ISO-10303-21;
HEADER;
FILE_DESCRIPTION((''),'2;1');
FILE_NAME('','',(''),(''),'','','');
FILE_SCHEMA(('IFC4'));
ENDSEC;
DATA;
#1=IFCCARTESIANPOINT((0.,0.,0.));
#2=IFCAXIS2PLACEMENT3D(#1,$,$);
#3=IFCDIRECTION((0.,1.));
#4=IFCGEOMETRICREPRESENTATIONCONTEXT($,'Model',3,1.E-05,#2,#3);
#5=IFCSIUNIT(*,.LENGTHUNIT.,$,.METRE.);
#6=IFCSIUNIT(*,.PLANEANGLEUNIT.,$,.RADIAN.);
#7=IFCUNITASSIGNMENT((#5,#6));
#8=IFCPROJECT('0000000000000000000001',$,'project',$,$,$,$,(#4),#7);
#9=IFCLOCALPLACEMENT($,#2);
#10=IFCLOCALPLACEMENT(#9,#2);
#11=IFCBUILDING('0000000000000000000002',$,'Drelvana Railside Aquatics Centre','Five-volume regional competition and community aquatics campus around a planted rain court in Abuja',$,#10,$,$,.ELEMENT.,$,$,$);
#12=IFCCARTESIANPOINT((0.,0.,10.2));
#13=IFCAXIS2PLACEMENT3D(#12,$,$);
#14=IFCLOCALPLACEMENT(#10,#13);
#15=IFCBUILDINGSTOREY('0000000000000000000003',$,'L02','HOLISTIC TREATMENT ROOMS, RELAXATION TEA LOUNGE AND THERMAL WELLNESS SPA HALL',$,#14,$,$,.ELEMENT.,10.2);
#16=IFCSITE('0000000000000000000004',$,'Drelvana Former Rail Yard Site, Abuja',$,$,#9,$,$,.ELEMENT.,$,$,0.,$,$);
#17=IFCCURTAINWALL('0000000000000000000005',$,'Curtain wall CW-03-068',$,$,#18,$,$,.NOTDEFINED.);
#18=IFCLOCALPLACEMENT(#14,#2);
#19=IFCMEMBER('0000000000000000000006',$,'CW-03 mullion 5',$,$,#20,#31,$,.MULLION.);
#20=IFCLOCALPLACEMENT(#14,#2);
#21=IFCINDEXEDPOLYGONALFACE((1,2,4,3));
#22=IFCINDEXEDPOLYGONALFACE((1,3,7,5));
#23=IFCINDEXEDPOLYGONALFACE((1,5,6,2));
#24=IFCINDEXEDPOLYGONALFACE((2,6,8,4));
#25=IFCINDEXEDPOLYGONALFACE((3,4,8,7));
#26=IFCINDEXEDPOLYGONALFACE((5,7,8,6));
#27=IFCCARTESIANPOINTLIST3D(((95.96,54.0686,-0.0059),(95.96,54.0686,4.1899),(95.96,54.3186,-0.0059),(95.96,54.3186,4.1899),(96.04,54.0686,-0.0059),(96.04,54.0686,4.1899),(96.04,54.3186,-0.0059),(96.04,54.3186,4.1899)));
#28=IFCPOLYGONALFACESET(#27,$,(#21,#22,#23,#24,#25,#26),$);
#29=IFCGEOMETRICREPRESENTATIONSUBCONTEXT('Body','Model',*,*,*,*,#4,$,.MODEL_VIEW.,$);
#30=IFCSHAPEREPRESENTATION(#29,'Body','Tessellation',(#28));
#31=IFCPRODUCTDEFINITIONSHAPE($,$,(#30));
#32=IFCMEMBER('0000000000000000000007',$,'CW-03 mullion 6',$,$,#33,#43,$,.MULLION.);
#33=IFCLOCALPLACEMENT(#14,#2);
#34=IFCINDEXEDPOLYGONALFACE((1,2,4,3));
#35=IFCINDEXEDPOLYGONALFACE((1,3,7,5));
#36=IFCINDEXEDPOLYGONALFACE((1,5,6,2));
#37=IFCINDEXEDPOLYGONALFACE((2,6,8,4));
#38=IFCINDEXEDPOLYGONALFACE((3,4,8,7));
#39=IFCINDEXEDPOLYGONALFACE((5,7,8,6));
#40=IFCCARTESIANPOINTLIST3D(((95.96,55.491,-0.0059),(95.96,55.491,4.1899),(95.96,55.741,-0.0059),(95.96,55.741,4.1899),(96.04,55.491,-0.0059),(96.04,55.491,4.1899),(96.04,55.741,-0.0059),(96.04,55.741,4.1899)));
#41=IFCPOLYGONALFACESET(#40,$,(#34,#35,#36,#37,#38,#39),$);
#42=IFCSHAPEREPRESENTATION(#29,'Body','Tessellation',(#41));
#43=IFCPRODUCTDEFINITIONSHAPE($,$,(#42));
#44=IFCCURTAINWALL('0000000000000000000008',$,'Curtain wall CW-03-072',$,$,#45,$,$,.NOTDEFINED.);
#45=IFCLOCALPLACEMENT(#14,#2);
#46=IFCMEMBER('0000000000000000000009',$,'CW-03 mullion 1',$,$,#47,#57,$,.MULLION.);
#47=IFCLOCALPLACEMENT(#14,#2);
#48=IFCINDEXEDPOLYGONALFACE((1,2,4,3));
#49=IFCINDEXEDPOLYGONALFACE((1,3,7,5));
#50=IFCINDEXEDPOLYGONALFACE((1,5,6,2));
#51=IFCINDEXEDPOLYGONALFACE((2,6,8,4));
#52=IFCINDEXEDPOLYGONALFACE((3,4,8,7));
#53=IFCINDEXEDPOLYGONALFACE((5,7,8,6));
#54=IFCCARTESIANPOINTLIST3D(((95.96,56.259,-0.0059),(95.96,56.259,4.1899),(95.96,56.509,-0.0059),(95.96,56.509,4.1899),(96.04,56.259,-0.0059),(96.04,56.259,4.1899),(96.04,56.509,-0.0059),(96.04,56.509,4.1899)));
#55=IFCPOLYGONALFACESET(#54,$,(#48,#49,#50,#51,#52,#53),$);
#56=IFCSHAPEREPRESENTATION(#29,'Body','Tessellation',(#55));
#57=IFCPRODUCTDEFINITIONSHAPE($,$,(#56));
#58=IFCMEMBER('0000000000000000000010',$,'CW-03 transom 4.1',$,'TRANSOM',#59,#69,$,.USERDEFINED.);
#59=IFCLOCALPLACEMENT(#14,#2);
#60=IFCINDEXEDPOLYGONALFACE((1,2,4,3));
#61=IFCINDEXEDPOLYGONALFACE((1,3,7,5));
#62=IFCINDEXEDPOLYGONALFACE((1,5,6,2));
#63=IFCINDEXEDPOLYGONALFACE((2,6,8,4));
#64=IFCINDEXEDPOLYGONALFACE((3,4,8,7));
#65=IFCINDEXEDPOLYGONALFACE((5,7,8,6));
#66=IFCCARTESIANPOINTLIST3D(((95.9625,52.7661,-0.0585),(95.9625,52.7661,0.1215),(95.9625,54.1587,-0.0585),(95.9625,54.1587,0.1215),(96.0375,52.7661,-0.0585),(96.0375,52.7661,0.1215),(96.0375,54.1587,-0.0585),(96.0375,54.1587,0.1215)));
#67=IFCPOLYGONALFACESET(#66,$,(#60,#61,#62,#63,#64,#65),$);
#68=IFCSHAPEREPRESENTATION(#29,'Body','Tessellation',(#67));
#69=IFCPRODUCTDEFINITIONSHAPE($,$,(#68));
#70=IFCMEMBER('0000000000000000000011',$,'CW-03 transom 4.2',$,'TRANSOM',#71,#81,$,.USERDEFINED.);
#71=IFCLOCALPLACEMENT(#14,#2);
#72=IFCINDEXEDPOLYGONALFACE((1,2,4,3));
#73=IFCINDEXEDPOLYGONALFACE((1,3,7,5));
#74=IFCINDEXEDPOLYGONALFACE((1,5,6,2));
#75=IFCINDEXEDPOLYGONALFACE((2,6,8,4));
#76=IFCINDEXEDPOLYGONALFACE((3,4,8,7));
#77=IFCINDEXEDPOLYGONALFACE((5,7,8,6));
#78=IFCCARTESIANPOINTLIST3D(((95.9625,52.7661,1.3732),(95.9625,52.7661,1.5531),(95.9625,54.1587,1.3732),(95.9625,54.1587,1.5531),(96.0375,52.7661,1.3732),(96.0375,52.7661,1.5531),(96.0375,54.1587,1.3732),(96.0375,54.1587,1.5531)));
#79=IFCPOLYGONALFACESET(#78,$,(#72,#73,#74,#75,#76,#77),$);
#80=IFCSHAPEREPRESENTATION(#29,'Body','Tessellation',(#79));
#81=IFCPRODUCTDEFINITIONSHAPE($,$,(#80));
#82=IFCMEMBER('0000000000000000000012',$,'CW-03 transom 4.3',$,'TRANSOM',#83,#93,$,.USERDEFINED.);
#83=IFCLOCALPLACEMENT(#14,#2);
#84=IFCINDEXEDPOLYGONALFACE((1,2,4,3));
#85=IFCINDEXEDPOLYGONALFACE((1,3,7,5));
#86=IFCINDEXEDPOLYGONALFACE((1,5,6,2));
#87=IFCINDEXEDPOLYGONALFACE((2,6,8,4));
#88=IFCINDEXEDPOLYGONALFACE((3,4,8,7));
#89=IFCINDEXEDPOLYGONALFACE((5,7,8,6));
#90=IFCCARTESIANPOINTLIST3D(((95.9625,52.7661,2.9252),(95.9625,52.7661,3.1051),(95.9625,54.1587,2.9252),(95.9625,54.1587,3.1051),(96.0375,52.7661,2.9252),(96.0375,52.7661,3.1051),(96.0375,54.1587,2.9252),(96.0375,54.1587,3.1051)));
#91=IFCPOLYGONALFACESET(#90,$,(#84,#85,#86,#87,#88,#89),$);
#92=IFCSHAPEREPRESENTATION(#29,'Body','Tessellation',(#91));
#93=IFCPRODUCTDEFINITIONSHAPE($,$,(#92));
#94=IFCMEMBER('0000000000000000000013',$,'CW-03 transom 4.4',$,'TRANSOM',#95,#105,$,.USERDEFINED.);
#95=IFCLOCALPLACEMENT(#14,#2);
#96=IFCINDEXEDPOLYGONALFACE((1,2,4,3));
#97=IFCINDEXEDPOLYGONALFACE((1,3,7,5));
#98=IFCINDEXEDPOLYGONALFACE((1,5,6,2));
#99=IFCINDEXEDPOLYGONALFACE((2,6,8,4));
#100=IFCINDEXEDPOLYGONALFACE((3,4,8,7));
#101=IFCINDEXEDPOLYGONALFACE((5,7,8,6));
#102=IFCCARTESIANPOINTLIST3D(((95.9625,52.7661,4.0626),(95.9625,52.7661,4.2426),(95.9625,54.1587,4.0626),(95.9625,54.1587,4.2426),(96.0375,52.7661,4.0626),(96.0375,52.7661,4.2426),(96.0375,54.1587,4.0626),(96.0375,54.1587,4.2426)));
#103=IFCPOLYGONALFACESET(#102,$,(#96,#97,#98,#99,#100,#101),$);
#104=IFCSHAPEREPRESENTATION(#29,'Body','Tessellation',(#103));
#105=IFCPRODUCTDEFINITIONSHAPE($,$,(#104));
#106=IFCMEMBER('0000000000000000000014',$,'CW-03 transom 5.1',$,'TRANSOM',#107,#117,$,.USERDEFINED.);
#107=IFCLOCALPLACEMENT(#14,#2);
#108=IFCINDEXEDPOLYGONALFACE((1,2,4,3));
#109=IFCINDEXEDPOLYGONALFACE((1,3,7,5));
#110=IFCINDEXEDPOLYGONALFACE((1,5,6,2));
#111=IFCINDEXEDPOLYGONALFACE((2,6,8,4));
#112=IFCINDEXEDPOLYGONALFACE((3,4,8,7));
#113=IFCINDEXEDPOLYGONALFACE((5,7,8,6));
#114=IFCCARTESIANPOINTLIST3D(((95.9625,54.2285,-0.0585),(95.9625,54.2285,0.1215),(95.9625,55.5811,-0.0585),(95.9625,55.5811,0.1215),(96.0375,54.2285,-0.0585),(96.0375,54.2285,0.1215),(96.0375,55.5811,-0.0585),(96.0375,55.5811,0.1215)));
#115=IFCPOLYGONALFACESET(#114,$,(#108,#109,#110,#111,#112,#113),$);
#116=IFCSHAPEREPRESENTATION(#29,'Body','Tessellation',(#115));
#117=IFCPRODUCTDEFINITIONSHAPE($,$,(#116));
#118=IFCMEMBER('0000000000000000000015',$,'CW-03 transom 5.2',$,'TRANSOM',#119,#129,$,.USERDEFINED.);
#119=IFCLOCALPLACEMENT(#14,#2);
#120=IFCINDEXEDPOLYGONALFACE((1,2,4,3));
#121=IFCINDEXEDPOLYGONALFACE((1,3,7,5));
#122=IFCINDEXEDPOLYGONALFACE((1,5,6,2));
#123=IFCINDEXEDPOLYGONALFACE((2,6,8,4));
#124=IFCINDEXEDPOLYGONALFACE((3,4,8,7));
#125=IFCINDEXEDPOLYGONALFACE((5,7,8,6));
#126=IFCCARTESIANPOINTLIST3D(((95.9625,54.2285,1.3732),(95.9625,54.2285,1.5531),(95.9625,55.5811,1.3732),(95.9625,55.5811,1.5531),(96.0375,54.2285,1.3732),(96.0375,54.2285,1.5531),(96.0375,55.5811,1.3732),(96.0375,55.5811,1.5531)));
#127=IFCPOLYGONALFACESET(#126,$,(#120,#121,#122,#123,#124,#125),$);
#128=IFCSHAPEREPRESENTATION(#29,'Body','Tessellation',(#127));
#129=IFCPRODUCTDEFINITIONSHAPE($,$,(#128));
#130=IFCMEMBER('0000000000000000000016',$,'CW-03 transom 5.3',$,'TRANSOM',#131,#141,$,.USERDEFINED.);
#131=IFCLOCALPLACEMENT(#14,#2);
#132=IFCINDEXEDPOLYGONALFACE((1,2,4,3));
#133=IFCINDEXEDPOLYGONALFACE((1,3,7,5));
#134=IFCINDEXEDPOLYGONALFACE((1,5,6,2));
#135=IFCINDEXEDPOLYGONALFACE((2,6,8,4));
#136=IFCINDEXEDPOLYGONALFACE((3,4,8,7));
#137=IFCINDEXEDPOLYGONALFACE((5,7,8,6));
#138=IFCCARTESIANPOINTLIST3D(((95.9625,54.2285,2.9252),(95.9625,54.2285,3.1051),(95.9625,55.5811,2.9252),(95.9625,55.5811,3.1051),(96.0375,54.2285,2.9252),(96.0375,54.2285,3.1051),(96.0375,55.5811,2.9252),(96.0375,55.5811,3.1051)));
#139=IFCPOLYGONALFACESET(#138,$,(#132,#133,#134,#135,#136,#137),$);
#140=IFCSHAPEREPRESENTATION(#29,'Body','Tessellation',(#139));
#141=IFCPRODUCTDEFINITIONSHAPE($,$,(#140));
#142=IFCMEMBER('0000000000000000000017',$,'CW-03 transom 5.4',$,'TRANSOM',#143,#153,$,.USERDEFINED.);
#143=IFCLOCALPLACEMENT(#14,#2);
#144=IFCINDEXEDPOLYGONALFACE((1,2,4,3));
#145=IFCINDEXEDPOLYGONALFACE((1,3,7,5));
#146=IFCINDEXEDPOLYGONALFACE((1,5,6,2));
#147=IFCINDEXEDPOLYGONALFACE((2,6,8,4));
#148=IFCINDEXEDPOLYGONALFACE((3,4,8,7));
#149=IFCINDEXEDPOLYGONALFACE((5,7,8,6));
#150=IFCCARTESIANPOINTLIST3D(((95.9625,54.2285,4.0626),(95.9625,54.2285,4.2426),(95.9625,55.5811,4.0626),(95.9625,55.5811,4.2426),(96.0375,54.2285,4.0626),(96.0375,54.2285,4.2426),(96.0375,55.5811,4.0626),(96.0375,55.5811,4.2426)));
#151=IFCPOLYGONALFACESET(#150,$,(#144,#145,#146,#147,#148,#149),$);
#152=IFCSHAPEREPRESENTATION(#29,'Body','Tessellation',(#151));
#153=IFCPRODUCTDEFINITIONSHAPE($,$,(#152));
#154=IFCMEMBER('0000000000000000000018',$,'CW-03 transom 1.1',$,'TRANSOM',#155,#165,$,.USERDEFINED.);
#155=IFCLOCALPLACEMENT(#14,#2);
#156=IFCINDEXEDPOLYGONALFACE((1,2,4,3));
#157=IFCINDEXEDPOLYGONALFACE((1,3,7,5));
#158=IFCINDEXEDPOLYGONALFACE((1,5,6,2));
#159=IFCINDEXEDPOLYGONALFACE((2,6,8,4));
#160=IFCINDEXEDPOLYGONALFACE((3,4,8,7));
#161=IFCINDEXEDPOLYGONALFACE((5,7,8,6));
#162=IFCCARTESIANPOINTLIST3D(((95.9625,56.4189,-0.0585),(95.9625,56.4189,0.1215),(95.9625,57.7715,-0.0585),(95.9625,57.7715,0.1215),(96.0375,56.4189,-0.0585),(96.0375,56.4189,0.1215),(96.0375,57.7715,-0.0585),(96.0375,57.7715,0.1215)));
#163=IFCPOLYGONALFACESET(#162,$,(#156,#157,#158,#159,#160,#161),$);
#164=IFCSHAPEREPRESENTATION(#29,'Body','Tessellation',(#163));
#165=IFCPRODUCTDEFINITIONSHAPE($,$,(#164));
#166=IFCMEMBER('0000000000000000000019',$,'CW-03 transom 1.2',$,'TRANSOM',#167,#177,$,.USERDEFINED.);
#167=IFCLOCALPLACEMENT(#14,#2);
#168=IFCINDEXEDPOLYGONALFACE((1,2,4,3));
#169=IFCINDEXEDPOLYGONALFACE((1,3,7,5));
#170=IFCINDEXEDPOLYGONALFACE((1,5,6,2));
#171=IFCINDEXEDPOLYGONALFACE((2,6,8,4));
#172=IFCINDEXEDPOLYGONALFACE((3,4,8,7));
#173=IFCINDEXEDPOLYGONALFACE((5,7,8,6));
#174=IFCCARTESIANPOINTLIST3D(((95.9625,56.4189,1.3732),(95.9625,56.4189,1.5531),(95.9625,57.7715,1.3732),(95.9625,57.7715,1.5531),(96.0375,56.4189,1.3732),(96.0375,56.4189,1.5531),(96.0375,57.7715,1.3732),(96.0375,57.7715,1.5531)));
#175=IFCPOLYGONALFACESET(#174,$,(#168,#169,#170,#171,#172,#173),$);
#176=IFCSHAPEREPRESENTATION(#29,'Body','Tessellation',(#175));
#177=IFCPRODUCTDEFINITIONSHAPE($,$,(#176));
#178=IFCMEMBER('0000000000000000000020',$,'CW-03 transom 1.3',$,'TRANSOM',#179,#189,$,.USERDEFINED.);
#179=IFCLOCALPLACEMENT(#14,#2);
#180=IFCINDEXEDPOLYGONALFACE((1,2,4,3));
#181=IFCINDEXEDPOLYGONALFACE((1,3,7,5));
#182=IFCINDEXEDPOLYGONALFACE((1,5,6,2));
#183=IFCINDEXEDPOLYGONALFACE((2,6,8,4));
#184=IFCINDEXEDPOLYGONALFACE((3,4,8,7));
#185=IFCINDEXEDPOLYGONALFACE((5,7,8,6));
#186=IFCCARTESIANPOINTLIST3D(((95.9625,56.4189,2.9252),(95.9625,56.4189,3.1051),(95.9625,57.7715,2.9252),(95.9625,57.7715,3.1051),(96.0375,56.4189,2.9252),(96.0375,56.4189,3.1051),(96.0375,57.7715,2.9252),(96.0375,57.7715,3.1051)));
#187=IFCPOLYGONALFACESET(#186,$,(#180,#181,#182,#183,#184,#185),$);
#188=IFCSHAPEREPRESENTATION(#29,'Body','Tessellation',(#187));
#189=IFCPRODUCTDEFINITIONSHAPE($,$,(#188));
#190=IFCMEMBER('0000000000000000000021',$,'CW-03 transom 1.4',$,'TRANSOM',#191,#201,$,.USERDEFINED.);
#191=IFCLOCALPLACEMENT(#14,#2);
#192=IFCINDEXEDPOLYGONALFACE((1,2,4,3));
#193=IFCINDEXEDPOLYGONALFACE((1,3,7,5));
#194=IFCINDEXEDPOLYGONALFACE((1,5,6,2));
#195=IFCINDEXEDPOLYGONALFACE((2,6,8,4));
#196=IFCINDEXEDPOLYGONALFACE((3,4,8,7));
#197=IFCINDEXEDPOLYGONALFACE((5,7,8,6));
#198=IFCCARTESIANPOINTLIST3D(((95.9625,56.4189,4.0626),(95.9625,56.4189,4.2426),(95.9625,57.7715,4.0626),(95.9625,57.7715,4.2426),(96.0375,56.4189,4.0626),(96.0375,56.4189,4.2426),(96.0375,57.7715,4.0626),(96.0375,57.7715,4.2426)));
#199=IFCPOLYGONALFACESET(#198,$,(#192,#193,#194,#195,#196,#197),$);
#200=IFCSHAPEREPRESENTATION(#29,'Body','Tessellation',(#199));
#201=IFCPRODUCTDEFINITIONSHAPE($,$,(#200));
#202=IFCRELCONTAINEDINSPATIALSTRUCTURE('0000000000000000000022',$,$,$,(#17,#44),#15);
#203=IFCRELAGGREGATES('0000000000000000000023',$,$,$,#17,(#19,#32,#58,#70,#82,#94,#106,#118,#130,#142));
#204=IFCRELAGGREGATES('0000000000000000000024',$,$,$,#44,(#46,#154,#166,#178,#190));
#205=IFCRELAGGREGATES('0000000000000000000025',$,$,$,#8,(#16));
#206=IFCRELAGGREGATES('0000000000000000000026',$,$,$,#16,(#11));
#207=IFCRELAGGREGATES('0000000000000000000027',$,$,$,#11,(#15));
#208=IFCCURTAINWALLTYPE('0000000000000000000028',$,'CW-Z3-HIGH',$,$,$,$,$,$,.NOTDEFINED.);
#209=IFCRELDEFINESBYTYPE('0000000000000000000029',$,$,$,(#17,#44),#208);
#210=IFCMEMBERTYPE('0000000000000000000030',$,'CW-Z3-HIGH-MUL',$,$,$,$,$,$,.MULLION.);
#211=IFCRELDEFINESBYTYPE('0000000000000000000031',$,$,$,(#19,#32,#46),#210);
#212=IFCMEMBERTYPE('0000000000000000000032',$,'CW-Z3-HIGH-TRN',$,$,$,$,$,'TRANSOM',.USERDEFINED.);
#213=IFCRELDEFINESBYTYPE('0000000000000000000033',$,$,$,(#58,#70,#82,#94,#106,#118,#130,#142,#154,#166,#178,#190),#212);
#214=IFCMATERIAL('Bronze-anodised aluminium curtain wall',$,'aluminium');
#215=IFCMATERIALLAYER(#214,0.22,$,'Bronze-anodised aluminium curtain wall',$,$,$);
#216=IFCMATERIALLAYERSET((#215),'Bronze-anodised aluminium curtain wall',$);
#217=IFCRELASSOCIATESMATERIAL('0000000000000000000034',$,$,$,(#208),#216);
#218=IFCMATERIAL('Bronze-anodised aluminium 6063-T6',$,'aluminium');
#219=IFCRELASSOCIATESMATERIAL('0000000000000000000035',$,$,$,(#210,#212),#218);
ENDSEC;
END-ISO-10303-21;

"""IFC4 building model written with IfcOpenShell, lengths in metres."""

from ifc_helpers import new_model, si_unit, direction, frame, origin, origin_2d, place, context, subcontext, project, spatial, rectangle, extrude, material, layer, layer_set, material_profile, profile_set, type_object, element, aggregate, save


model = new_model("IFC4")

# Units and contexts
model_context = context("Model", 3, precision=1e-05, world=origin(), true_north=direction((0.0, 1.0)))
body_context = subcontext(model_context, "Body", "Model", "MODEL_VIEW")
ifc_project = project(units=[si_unit("LENGTHUNIT", "METRE"), si_unit("PLANEANGLEUNIT", "RADIAN")], contexts=[model_context])

# Site, building, storey
site_placement = place(None, origin())
site = spatial("IfcSite", under=ifc_project, at=site_placement, Name="Drelvana Former Rail Yard Site, Abuja", CompositionType="ELEMENT", RefElevation=0.0)
building_placement = place(site_placement, origin())
building = spatial("IfcBuilding", under=site, at=building_placement, Name="Drelvana Railside Aquatics Centre", Description="Five-volume regional competition and community aquatics campus around a planted rain court in Abuja", CompositionType="ELEMENT")
storey_placement = place(building_placement, frame((0.0, 0.0, 10.2)))
storey = spatial("IfcBuildingStorey", under=building, at=storey_placement, Name="L02", Description="HOLISTIC TREATMENT ROOMS, RELAXATION TEA LOUNGE AND THERMAL WELLNESS SPA HALL", CompositionType="ELEMENT", Elevation=10.2)

# Curtain wall, members
ifc_material_1 = material(Name="Bronze-anodised aluminium curtain wall", Category="aluminium")
ifc_layer_1 = layer(ifc_material_1, 0.22, Name="Bronze-anodised aluminium curtain wall")
ifc_layer_set_1 = layer_set([ifc_layer_1], Name="Bronze-anodised aluminium curtain wall")
curtain_wall_type = type_object("IfcCurtainWallType", Name="CW-Z3-HIGH", PredefinedType="NOTDEFINED", material=ifc_layer_set_1)
curtain_wall_1_placement = place(storey_placement, origin())
curtain_wall_1 = element("IfcCurtainWall", 1, at=curtain_wall_1_placement, inside=storey, type_object=curtain_wall_type, Name="Curtain wall CW-03-068", PredefinedType="NOTDEFINED")
ifc_material_2 = material(Name="Bronze-anodised aluminium 6063-T6", Category="aluminium")
ifc_material_profile_1 = material_profile(ifc_material_2, rectangle(XDim=0.0801, YDim=0.25, at=origin_2d()), Name="ALU-M 80x250")
ifc_profile_set_1 = profile_set([ifc_material_profile_1], Name="Bronze-anodised aluminium 6063-T6")
member_type_1 = type_object("IfcMemberType", Name="CW-Z3-HIGH-MUL", PredefinedType="MULLION", material=ifc_profile_set_1)
member_1_placement = place(storey_placement, frame((96.0, 54.1936, -0.0059), z_axis=(0.0, 0.0, 1.0), x_axis=(-1.0, 0.0, 0.0)))
member_1 = element("IfcMember", 2, at=member_1_placement, type_object=member_type_1, Name="CW-03 mullion 5", PredefinedType="MULLION", context=body_context, shape_type="SweptSolid", body=[
    extrude(rectangle(XDim=0.0801, YDim=0.25, at=origin_2d()), origin(), (0.0, 0.0, 1.0), 4.1958),
])
member_2_placement = place(storey_placement, frame((96.0, 55.616, -0.0059), z_axis=(0.0, 0.0, 1.0), x_axis=(-1.0, 0.0, 0.0)))
member_2 = element("IfcMember", 3, at=member_2_placement, type_object=member_type_1, Name="CW-03 mullion 6", PredefinedType="MULLION", context=body_context, shape_type="SweptSolid", body=[
    extrude(rectangle(XDim=0.0801, YDim=0.25, at=origin_2d()), origin(), (0.0, 0.0, 1.0), 4.1958),
])

# Curtain wall, member
curtain_wall_2_placement = place(storey_placement, origin())
curtain_wall_2 = element("IfcCurtainWall", 4, at=curtain_wall_2_placement, inside=storey, type_object=curtain_wall_type, Name="Curtain wall CW-03-072", PredefinedType="NOTDEFINED")
member_3_placement = place(storey_placement, frame((96.0, 56.384, -0.0059), z_axis=(0.0, 0.0, 1.0), x_axis=(-1.0, 0.0, 0.0)))
member_3 = element("IfcMember", 5, at=member_3_placement, type_object=member_type_1, Name="CW-03 mullion 1", PredefinedType="MULLION", context=body_context, shape_type="SweptSolid", body=[
    extrude(rectangle(XDim=0.0801, YDim=0.25, at=origin_2d()), origin(), (0.0, 0.0, 1.0), 4.1958),
])

# Members
ifc_material_profile_2 = material_profile(ifc_material_2, rectangle(XDim=0.1799, YDim=0.075, at=origin_2d()), Name="ALU-T 75x180")
ifc_profile_set_2 = profile_set([ifc_material_profile_2], Name="Bronze-anodised aluminium 6063-T6")
member_type_2 = type_object("IfcMemberType", Name="CW-Z3-HIGH-TRN", ElementType="TRANSOM", PredefinedType="USERDEFINED", material=ifc_profile_set_2)
member_4_placement = place(storey_placement, frame((96.0, 52.7661, 0.0315), z_axis=(0.0, 1.0, 0.0), x_axis=(0.0, 0.0, 1.0)))
member_4 = element("IfcMember", 6, at=member_4_placement, type_object=member_type_2, Name="CW-03 transom 4.1", ObjectType="TRANSOM", PredefinedType="USERDEFINED", context=body_context, shape_type="SweptSolid", body=[
    extrude(rectangle(XDim=0.1799, YDim=0.075, at=origin_2d()), origin(), (0.0, 0.0, 1.0), 1.3926),
])
member_5_placement = place(storey_placement, frame((96.0, 52.7661, 1.4631), z_axis=(0.0, 1.0, 0.0), x_axis=(0.0, 0.0, 1.0)))
member_5 = element("IfcMember", 7, at=member_5_placement, type_object=member_type_2, Name="CW-03 transom 4.2", ObjectType="TRANSOM", PredefinedType="USERDEFINED", context=body_context, shape_type="SweptSolid", body=[
    extrude(rectangle(XDim=0.1799, YDim=0.075, at=origin_2d()), origin(), (0.0, 0.0, 1.0), 1.3926),
])
member_6_placement = place(storey_placement, frame((96.0, 52.7661, 3.0151), z_axis=(0.0, 1.0, 0.0), x_axis=(0.0, 0.0, 1.0)))
member_6 = element("IfcMember", 8, at=member_6_placement, type_object=member_type_2, Name="CW-03 transom 4.3", ObjectType="TRANSOM", PredefinedType="USERDEFINED", context=body_context, shape_type="SweptSolid", body=[
    extrude(rectangle(XDim=0.1799, YDim=0.075, at=origin_2d()), origin(), (0.0, 0.0, 1.0), 1.3926),
])
member_7_placement = place(storey_placement, frame((96.0, 52.7661, 4.1526), z_axis=(0.0, 1.0, 0.0), x_axis=(0.0, 0.0, 1.0)))
member_7 = element("IfcMember", 9, at=member_7_placement, type_object=member_type_2, Name="CW-03 transom 4.4", ObjectType="TRANSOM", PredefinedType="USERDEFINED", context=body_context, shape_type="SweptSolid", body=[
    extrude(rectangle(XDim=0.1799, YDim=0.075, at=origin_2d()), origin(), (0.0, 0.0, 1.0), 1.3926),
])
member_8_placement = place(storey_placement, frame((96.0, 54.2285, 0.0315), z_axis=(0.0, 1.0, 0.0), x_axis=(0.0, 0.0, 1.0)))
member_8 = element("IfcMember", 10, at=member_8_placement, type_object=member_type_2, Name="CW-03 transom 5.1", ObjectType="TRANSOM", PredefinedType="USERDEFINED", context=body_context, shape_type="SweptSolid", body=[
    extrude(rectangle(XDim=0.1799, YDim=0.075, at=origin_2d()), origin(), (0.0, 0.0, 1.0), 1.3525),
])
member_9_placement = place(storey_placement, frame((96.0, 54.2285, 1.4631), z_axis=(0.0, 1.0, 0.0), x_axis=(0.0, 0.0, 1.0)))
member_9 = element("IfcMember", 11, at=member_9_placement, type_object=member_type_2, Name="CW-03 transom 5.2", ObjectType="TRANSOM", PredefinedType="USERDEFINED", context=body_context, shape_type="SweptSolid", body=[
    extrude(rectangle(XDim=0.1799, YDim=0.075, at=origin_2d()), origin(), (0.0, 0.0, 1.0), 1.3525),
])
member_10_placement = place(storey_placement, frame((96.0, 54.2285, 3.0151), z_axis=(0.0, 1.0, 0.0), x_axis=(0.0, 0.0, 1.0)))
member_10 = element("IfcMember", 12, at=member_10_placement, type_object=member_type_2, Name="CW-03 transom 5.3", ObjectType="TRANSOM", PredefinedType="USERDEFINED", context=body_context, shape_type="SweptSolid", body=[
    extrude(rectangle(XDim=0.1799, YDim=0.075, at=origin_2d()), origin(), (0.0, 0.0, 1.0), 1.3525),
])
member_11_placement = place(storey_placement, frame((96.0, 54.2285, 4.1526), z_axis=(0.0, 1.0, 0.0), x_axis=(0.0, 0.0, 1.0)))
member_11 = element("IfcMember", 13, at=member_11_placement, type_object=member_type_2, Name="CW-03 transom 5.4", ObjectType="TRANSOM", PredefinedType="USERDEFINED", context=body_context, shape_type="SweptSolid", body=[
    extrude(rectangle(XDim=0.1799, YDim=0.075, at=origin_2d()), origin(), (0.0, 0.0, 1.0), 1.3525),
])
member_12_placement = place(storey_placement, frame((96.0, 56.4189, 0.0315), z_axis=(0.0, 1.0, 0.0), x_axis=(0.0, 0.0, 1.0)))
member_12 = element("IfcMember", 14, at=member_12_placement, type_object=member_type_2, Name="CW-03 transom 1.1", ObjectType="TRANSOM", PredefinedType="USERDEFINED", context=body_context, shape_type="SweptSolid", body=[
    extrude(rectangle(XDim=0.1799, YDim=0.075, at=origin_2d()), origin(), (0.0, 0.0, 1.0), 1.3525),
])
member_13_placement = place(storey_placement, frame((96.0, 56.4189, 1.4631), z_axis=(0.0, 1.0, 0.0), x_axis=(0.0, 0.0, 1.0)))
member_13 = element("IfcMember", 15, at=member_13_placement, type_object=member_type_2, Name="CW-03 transom 1.2", ObjectType="TRANSOM", PredefinedType="USERDEFINED", context=body_context, shape_type="SweptSolid", body=[
    extrude(rectangle(XDim=0.1799, YDim=0.075, at=origin_2d()), origin(), (0.0, 0.0, 1.0), 1.3525),
])
member_14_placement = place(storey_placement, frame((96.0, 56.4189, 3.0151), z_axis=(0.0, 1.0, 0.0), x_axis=(0.0, 0.0, 1.0)))
member_14 = element("IfcMember", 16, at=member_14_placement, type_object=member_type_2, Name="CW-03 transom 1.3", ObjectType="TRANSOM", PredefinedType="USERDEFINED", context=body_context, shape_type="SweptSolid", body=[
    extrude(rectangle(XDim=0.1799, YDim=0.075, at=origin_2d()), origin(), (0.0, 0.0, 1.0), 1.3525),
])
member_15_placement = place(storey_placement, frame((96.0, 56.4189, 4.1526), z_axis=(0.0, 1.0, 0.0), x_axis=(0.0, 0.0, 1.0)))
member_15 = element("IfcMember", 17, at=member_15_placement, type_object=member_type_2, Name="CW-03 transom 1.4", ObjectType="TRANSOM", PredefinedType="USERDEFINED", context=body_context, shape_type="SweptSolid", body=[
    extrude(rectangle(XDim=0.1799, YDim=0.075, at=origin_2d()), origin(), (0.0, 0.0, 1.0), 1.3525),
])

aggregate(curtain_wall_1, [member_1, member_2, member_4, member_5, member_6, member_7, member_8, member_9, member_10, member_11])
aggregate(curtain_wall_2, [member_3, member_12, member_13, member_14, member_15])

save(model, "model.ifc")
